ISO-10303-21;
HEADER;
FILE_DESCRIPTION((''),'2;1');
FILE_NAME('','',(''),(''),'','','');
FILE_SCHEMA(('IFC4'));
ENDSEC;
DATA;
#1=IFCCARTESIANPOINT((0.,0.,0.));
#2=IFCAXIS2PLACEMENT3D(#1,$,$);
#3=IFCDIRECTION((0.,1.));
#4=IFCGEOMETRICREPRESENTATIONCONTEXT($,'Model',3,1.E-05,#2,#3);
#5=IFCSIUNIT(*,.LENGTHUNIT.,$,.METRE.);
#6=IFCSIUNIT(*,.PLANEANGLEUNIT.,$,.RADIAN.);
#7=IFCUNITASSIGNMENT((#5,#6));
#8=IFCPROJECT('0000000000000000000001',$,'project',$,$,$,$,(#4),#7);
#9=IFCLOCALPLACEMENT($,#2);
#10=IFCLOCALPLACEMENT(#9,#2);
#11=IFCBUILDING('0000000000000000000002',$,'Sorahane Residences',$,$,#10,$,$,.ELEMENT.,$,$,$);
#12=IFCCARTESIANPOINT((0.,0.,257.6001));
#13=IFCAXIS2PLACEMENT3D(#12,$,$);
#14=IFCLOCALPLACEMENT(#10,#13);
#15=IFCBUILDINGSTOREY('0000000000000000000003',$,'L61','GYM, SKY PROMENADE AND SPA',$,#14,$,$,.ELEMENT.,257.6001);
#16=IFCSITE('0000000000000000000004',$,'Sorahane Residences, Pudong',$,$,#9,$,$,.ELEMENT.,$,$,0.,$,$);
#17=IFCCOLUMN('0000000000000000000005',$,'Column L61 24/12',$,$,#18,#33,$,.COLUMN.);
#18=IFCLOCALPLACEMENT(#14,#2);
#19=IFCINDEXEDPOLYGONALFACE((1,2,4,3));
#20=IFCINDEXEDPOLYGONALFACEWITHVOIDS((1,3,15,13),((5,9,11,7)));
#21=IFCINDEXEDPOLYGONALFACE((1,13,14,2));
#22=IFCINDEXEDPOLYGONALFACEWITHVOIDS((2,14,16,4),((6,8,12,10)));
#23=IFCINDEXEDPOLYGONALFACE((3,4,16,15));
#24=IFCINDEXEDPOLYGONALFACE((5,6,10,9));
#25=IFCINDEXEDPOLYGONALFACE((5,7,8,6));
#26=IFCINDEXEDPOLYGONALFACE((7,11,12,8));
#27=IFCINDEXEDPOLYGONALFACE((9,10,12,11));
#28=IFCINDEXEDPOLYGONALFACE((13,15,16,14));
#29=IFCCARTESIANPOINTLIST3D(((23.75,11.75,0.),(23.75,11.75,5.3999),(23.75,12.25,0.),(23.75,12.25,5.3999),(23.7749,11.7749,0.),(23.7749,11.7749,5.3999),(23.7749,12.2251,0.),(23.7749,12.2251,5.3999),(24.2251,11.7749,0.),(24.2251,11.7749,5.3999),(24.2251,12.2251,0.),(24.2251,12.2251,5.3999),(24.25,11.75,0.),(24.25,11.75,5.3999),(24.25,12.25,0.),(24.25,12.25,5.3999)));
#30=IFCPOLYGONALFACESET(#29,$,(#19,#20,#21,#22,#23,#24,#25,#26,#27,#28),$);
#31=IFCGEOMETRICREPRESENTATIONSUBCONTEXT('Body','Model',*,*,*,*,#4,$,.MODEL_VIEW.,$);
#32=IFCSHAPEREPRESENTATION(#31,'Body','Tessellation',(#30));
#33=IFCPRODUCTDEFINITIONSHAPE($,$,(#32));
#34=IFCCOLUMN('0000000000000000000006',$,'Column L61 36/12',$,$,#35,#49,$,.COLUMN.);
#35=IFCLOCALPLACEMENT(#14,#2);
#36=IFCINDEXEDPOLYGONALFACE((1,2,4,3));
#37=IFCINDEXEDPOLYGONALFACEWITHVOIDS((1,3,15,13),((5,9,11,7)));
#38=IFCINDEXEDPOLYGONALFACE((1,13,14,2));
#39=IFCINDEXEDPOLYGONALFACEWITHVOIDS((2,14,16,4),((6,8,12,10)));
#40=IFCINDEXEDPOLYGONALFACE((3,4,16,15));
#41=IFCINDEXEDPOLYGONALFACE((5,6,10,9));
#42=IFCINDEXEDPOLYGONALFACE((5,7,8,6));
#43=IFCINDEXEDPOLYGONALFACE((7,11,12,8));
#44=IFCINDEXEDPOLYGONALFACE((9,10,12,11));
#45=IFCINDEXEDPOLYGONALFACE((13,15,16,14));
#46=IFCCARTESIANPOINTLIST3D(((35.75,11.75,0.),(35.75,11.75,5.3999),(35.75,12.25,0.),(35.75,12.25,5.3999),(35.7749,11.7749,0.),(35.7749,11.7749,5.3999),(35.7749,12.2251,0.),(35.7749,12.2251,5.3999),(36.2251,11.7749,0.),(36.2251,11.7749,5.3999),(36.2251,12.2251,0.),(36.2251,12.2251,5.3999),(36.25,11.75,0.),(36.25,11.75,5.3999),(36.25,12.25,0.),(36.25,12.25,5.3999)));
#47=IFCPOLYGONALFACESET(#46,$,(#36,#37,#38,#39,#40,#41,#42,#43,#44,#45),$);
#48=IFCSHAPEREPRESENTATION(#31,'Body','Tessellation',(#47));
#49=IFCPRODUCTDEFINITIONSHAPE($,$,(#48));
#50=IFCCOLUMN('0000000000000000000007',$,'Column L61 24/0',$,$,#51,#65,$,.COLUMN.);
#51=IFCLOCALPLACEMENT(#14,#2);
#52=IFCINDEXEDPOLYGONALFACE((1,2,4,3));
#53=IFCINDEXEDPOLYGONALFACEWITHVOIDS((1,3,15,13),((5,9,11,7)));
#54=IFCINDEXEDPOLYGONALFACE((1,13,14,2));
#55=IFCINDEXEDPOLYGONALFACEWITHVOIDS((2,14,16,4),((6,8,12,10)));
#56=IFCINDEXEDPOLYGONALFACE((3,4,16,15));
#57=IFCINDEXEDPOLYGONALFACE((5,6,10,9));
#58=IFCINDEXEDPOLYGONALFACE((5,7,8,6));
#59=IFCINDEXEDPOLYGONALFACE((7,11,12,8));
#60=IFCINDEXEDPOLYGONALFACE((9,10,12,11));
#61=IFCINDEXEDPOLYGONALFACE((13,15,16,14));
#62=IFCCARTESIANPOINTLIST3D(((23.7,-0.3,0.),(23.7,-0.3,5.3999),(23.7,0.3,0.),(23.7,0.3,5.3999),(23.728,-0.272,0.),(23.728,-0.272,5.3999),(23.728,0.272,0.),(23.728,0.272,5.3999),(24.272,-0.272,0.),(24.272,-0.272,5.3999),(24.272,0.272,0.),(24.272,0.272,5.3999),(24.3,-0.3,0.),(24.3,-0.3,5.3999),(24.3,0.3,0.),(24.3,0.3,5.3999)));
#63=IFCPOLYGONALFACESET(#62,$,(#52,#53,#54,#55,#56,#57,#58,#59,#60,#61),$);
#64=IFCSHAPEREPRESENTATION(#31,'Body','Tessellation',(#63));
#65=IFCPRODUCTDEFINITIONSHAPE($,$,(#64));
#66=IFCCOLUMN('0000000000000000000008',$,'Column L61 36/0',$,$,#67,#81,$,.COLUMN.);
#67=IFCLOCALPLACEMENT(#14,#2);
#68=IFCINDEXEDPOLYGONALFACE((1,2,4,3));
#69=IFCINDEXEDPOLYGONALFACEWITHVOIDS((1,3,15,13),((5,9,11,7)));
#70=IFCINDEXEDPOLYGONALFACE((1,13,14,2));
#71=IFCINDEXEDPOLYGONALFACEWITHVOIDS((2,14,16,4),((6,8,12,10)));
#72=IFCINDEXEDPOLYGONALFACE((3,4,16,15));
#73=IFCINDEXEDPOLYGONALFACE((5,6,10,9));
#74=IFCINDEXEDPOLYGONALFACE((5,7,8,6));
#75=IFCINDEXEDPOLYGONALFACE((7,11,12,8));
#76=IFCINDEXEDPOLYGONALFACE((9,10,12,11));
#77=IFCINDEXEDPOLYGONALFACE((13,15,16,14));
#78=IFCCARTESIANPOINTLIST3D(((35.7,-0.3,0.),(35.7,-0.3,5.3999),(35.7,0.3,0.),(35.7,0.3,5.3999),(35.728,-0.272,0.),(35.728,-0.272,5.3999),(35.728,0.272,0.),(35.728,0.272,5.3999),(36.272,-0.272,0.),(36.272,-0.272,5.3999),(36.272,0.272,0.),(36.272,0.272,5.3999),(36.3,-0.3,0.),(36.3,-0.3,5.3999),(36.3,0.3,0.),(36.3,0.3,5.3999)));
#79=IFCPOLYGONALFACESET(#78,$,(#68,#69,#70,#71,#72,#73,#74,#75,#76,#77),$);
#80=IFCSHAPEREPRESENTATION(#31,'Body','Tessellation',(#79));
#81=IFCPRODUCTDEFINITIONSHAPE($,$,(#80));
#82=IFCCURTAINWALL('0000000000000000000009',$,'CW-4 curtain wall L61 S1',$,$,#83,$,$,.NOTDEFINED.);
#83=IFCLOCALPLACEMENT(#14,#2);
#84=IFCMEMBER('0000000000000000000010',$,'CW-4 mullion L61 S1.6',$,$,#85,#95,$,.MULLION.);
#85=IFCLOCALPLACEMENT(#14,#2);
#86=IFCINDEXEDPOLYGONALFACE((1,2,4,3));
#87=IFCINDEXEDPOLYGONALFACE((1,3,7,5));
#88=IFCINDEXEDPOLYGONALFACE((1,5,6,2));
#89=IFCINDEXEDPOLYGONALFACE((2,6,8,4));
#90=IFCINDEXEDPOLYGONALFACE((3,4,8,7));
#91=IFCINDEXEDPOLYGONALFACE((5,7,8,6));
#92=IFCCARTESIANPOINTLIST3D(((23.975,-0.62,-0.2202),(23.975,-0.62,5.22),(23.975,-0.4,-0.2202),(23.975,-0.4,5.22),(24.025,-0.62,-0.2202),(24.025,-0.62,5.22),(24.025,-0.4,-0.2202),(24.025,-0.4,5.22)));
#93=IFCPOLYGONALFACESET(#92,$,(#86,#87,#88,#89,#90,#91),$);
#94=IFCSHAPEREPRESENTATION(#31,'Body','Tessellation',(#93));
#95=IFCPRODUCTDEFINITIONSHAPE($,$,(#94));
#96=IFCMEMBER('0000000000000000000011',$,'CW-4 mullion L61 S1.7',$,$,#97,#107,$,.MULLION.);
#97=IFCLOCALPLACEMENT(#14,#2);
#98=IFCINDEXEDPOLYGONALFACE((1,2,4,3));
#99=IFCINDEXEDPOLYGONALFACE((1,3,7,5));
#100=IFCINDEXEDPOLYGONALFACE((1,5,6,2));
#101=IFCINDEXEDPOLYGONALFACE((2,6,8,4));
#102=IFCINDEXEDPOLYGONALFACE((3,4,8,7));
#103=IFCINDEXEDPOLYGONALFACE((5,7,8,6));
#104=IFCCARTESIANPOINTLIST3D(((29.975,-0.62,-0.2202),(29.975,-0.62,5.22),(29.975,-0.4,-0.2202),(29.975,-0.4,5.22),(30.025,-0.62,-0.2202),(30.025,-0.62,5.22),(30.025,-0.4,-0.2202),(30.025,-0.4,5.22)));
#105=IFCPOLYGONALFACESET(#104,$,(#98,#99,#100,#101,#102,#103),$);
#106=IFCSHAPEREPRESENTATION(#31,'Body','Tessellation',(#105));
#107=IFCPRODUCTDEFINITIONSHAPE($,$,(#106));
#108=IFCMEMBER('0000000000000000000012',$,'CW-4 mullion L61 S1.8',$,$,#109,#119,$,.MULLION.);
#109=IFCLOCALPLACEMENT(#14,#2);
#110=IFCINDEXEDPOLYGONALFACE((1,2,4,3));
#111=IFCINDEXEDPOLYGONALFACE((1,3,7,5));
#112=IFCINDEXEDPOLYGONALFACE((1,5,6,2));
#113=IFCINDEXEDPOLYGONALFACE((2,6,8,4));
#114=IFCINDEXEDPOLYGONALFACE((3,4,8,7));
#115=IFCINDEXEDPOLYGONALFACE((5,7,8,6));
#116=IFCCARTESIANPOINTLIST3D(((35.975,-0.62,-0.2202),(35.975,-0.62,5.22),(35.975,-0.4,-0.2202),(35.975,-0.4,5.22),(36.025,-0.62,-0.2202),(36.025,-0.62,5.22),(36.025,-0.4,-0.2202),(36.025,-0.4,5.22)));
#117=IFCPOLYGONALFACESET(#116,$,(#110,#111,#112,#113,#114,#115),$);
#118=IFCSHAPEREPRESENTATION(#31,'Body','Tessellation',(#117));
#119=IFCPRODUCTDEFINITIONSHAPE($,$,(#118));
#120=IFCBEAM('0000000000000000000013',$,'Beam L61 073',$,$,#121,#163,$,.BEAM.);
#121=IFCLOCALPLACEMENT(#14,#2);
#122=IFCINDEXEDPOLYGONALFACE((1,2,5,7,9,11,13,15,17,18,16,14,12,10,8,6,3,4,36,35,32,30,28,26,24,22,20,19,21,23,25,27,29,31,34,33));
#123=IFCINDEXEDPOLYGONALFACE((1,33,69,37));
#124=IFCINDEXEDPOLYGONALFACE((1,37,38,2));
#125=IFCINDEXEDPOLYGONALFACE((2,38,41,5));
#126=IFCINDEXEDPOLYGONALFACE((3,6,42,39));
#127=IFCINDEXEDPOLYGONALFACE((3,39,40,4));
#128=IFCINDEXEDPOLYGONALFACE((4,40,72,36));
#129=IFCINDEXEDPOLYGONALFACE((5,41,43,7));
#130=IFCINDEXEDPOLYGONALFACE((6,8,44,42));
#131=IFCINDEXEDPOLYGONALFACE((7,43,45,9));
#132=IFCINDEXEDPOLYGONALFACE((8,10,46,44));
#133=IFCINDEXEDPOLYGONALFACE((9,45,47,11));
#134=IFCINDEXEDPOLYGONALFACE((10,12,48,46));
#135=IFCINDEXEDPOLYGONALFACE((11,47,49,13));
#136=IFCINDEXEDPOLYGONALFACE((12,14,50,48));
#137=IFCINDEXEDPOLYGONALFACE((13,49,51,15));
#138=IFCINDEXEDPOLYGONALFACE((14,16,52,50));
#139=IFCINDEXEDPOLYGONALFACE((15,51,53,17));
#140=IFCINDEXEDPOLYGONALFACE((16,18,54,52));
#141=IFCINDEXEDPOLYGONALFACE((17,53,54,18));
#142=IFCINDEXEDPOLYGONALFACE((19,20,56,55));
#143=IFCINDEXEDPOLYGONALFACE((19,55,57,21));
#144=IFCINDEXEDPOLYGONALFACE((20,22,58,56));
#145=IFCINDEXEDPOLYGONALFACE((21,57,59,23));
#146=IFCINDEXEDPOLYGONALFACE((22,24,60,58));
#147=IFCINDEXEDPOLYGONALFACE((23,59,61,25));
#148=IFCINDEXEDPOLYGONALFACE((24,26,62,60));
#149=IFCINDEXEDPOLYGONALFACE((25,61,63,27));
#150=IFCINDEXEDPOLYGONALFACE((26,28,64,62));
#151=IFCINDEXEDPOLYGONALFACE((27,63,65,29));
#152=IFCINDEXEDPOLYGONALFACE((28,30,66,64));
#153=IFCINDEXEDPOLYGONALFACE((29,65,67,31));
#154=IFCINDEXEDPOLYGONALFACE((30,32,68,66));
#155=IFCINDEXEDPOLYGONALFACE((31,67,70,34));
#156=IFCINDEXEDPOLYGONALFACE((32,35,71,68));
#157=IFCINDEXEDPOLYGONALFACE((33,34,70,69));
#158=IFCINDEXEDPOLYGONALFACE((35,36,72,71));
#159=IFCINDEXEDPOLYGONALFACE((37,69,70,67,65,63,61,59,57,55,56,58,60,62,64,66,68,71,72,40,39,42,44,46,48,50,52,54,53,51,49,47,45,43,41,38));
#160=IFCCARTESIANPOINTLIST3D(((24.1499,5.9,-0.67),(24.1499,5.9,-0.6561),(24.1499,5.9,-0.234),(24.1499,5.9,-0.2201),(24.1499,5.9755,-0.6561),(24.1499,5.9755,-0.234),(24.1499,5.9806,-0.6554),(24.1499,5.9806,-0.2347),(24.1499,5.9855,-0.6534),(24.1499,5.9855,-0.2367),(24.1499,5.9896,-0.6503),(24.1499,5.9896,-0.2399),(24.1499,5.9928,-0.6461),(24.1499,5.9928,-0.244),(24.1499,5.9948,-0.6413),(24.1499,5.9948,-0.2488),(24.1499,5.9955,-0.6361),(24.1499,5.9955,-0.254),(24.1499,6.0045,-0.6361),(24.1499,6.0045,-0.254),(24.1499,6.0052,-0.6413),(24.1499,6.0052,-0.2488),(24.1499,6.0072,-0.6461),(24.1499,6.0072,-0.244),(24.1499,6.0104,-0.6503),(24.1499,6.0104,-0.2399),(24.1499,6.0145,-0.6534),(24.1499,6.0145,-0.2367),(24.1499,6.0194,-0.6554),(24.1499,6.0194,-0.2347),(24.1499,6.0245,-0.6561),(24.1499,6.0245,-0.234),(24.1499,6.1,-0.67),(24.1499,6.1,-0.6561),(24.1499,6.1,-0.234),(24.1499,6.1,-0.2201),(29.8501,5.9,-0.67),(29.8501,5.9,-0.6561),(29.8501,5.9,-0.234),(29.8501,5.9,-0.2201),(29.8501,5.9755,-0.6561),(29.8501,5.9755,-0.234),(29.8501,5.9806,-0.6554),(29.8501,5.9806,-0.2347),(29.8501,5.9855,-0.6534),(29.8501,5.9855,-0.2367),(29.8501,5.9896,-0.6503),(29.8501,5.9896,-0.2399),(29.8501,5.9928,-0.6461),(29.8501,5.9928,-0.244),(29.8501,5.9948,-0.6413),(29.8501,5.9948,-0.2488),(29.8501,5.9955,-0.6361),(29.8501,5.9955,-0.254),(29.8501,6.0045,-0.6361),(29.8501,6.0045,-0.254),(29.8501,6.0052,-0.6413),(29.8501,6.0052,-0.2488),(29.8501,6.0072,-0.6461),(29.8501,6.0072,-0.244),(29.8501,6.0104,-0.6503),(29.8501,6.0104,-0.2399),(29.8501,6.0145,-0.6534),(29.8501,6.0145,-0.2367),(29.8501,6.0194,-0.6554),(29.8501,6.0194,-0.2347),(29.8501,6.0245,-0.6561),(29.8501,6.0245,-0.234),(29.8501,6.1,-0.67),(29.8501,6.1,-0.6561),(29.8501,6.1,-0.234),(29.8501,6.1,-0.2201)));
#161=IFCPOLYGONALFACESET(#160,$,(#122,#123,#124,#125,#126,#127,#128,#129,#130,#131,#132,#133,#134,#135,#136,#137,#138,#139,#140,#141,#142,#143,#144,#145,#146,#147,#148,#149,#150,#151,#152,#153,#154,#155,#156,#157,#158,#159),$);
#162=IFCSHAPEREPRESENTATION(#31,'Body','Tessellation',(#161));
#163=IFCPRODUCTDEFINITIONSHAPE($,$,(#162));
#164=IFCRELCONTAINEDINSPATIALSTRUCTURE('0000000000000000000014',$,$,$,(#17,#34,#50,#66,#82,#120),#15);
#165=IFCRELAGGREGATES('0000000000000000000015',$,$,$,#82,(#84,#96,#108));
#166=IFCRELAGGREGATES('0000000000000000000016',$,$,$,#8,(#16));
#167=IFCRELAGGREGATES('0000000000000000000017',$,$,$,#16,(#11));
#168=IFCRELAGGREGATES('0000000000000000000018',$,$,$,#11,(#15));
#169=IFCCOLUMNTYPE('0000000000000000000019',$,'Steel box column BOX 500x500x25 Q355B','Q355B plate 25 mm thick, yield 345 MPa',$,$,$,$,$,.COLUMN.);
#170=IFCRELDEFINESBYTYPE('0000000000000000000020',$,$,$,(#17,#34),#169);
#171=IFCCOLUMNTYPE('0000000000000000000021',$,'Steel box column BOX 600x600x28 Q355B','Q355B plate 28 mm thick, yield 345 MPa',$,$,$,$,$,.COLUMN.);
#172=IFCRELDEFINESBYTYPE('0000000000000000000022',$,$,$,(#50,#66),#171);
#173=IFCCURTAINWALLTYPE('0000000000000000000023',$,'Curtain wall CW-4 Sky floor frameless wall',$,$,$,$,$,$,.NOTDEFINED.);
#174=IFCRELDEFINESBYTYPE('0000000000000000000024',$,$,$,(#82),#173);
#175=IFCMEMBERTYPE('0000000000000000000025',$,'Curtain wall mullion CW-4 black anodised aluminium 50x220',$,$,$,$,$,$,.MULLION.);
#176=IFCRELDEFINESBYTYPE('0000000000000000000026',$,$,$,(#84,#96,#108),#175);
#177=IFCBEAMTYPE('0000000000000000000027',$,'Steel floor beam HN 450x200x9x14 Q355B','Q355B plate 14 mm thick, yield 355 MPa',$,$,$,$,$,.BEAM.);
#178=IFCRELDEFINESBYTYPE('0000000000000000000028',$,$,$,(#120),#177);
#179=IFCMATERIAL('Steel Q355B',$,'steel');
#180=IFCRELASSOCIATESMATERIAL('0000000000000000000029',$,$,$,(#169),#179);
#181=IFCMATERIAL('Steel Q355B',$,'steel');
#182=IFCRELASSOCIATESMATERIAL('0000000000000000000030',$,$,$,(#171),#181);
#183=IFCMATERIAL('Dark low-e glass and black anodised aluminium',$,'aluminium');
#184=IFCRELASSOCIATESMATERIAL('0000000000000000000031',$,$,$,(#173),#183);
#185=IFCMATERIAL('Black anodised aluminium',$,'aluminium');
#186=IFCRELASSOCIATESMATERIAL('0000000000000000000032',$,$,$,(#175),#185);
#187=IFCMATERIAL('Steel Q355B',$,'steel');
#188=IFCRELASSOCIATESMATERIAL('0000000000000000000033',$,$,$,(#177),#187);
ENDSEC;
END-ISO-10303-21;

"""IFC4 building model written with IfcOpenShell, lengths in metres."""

from ifc_helpers import new_model, si_unit, direction, frame, origin, origin_2d, place, context, subcontext, project, spatial, rectangle, hollow_rectangle, i_section, extrude, material, material_profile, profile_set, type_object, element, aggregate, save


model = new_model("IFC4")

# Units and contexts
model_context = context("Model", 3, precision=1e-05, world=origin(), true_north=direction((0.0, 1.0)))
body_context = subcontext(model_context, "Body", "Model", "MODEL_VIEW")
ifc_project = project(units=[si_unit("LENGTHUNIT", "METRE"), si_unit("PLANEANGLEUNIT", "RADIAN")], contexts=[model_context])

# Site, building, storey
site_placement = place(None, origin())
site = spatial("IfcSite", under=ifc_project, at=site_placement, Name="Sorahane Residences, Pudong", CompositionType="ELEMENT", RefElevation=0.0)
building_placement = place(site_placement, origin())
building = spatial("IfcBuilding", under=site, at=building_placement, Name="Sorahane Residences", CompositionType="ELEMENT")
storey_placement = place(building_placement, frame((0.0, 0.0, 257.6001)))
storey = spatial("IfcBuildingStorey", under=building, at=storey_placement, Name="L61", Description="GYM, SKY PROMENADE AND SPA", CompositionType="ELEMENT", Elevation=257.6001)

# Columns
ifc_material_1 = material(Name="Steel Q355B", Category="steel")
ifc_material_profile_1 = material_profile(ifc_material_1, hollow_rectangle(XDim=0.5, YDim=0.5, WallThickness=0.0249, at=origin_2d()), Name="BOX 500x500x25")
ifc_profile_set_1 = profile_set([ifc_material_profile_1], Name="Steel Q355B")
column_type_1 = type_object("IfcColumnType", Name="Steel box column BOX 500x500x25 Q355B", Description="Q355B plate 25 mm thick, yield 345 MPa", PredefinedType="COLUMN", material=ifc_profile_set_1)
for number, where, z_axis, x_axis, name in (
    (1, (24.0, 12.0, 0.0), (0.0, 0.0, 1.0), (1.0, 0.0, 0.0), "Column L61 24/12"),
    (2, (36.0, 12.0, 0.0), (0.0, 0.0, 1.0), (1.0, 0.0, 0.0), "Column L61 36/12"),
):
    element("IfcColumn", number, at=place(storey_placement, frame(where, z_axis=z_axis, x_axis=x_axis)), inside=storey, type_object=column_type_1, Name=name, PredefinedType="COLUMN", context=body_context, shape_type="SweptSolid", body=[
        extrude(hollow_rectangle(XDim=0.5, YDim=0.5, WallThickness=0.0249, at=origin_2d()), origin(), (0.0, 0.0, 1.0), 5.3999),
    ])
ifc_material_2 = material(Name="Steel Q355B", Category="steel")
ifc_material_profile_2 = material_profile(ifc_material_2, hollow_rectangle(XDim=0.6001, YDim=0.6001, WallThickness=0.0281, at=origin_2d()), Name="BOX 600x600x28")
ifc_profile_set_2 = profile_set([ifc_material_profile_2], Name="Steel Q355B")
column_type_2 = type_object("IfcColumnType", Name="Steel box column BOX 600x600x28 Q355B", Description="Q355B plate 28 mm thick, yield 345 MPa", PredefinedType="COLUMN", material=ifc_profile_set_2)
for number, where, z_axis, x_axis, name in (
    (3, (24.0, 0.0, 0.0), (0.0, 0.0, 1.0), (1.0, 0.0, 0.0), "Column L61 24/0"),
    (4, (36.0, 0.0, 0.0), (0.0, 0.0, 1.0), (1.0, 0.0, 0.0), "Column L61 36/0"),
):
    element("IfcColumn", number, at=place(storey_placement, frame(where, z_axis=z_axis, x_axis=x_axis)), inside=storey, type_object=column_type_2, Name=name, PredefinedType="COLUMN", context=body_context, shape_type="SweptSolid", body=[
        extrude(hollow_rectangle(XDim=0.6001, YDim=0.6001, WallThickness=0.0281, at=origin_2d()), origin(), (0.0, 0.0, 1.0), 5.3999),
    ])

# Curtain wall, members
ifc_material_3 = material(Name="Dark low-e glass and black anodised aluminium", Category="aluminium")
curtain_wall_type = type_object("IfcCurtainWallType", Name="Curtain wall CW-4 Sky floor frameless wall", PredefinedType="NOTDEFINED", material=ifc_material_3)
curtain_wall_placement = place(storey_placement, origin())
curtain_wall = element("IfcCurtainWall", 5, at=curtain_wall_placement, inside=storey, type_object=curtain_wall_type, Name="CW-4 curtain wall L61 S1", PredefinedType="NOTDEFINED")
ifc_material_4 = material(Name="Black anodised aluminium", Category="aluminium")
ifc_material_profile_3 = material_profile(ifc_material_4, rectangle(XDim=0.22, YDim=0.05, at=origin_2d()), Name="Curtain wall mullion CW-4 black anodised aluminium 50x220")
ifc_profile_set_3 = profile_set([ifc_material_profile_3], Name="Black anodised aluminium")
member_type = type_object("IfcMemberType", Name="Curtain wall mullion CW-4 black anodised aluminium 50x220", PredefinedType="MULLION", material=ifc_profile_set_3)
member_1_placement = place(storey_placement, frame((24.0, -0.51, -0.2202), z_axis=(0.0, 0.0, 1.0), x_axis=(0.0, -1.0, 0.0)))
member_1 = element("IfcMember", 6, at=member_1_placement, type_object=member_type, Name="CW-4 mullion L61 S1.6", PredefinedType="MULLION", context=body_context, shape_type="SweptSolid", body=[
    extrude(rectangle(XDim=0.22, YDim=0.05, at=origin_2d()), origin(), (0.0, 0.0, 1.0), 5.4402),
])
member_2_placement = place(storey_placement, frame((30.0, -0.51, -0.2202), z_axis=(0.0, 0.0, 1.0), x_axis=(0.0, -1.0, 0.0)))
member_2 = element("IfcMember", 7, at=member_2_placement, type_object=member_type, Name="CW-4 mullion L61 S1.7", PredefinedType="MULLION", context=body_context, shape_type="SweptSolid", body=[
    extrude(rectangle(XDim=0.22, YDim=0.05, at=origin_2d()), origin(), (0.0, 0.0, 1.0), 5.4402),
])
member_3_placement = place(storey_placement, frame((36.0, -0.51, -0.2202), z_axis=(0.0, 0.0, 1.0), x_axis=(0.0, -1.0, 0.0)))
member_3 = element("IfcMember", 8, at=member_3_placement, type_object=member_type, Name="CW-4 mullion L61 S1.8", PredefinedType="MULLION", context=body_context, shape_type="SweptSolid", body=[
    extrude(rectangle(XDim=0.22, YDim=0.05, at=origin_2d()), origin(), (0.0, 0.0, 1.0), 5.4402),
])

# Beam
ifc_material_5 = material(Name="Steel Q355B", Category="steel")
ifc_material_profile_4 = material_profile(ifc_material_5, i_section(OverallWidth=0.2, OverallDepth=0.45, WebThickness=0.009, FlangeThickness=0.0139, FilletRadius=0.02, at=origin_2d()), Name="HN 450x200x9x14")
ifc_profile_set_4 = profile_set([ifc_material_profile_4], Name="Steel Q355B")
beam_type_1 = type_object("IfcBeamType", Name="Steel floor beam HN 450x200x9x14 Q355B", Description="Q355B plate 14 mm thick, yield 355 MPa", PredefinedType="BEAM", material=ifc_profile_set_4)
for number, where, z_axis, x_axis, name in (
    (9, (24.1499, 6.0, -0.4451), (1.0, 0.0, 0.0), (0.0, 1.0, 0.0), "Beam L61 073"),
):
    element("IfcBeam", number, at=place(storey_placement, frame(where, z_axis=z_axis, x_axis=x_axis)), inside=storey, type_object=beam_type_1, Name=name, PredefinedType="BEAM", context=body_context, shape_type="SweptSolid", body=[
        extrude(i_section(OverallWidth=0.2, OverallDepth=0.45, WebThickness=0.009, FlangeThickness=0.0139, FilletRadius=0.02, at=origin_2d()), origin(), (0.0, 0.0, 1.0), 5.7002),
    ])

aggregate(curtain_wall, [member_1, member_2, member_3])

save(model, "model.ifc")
